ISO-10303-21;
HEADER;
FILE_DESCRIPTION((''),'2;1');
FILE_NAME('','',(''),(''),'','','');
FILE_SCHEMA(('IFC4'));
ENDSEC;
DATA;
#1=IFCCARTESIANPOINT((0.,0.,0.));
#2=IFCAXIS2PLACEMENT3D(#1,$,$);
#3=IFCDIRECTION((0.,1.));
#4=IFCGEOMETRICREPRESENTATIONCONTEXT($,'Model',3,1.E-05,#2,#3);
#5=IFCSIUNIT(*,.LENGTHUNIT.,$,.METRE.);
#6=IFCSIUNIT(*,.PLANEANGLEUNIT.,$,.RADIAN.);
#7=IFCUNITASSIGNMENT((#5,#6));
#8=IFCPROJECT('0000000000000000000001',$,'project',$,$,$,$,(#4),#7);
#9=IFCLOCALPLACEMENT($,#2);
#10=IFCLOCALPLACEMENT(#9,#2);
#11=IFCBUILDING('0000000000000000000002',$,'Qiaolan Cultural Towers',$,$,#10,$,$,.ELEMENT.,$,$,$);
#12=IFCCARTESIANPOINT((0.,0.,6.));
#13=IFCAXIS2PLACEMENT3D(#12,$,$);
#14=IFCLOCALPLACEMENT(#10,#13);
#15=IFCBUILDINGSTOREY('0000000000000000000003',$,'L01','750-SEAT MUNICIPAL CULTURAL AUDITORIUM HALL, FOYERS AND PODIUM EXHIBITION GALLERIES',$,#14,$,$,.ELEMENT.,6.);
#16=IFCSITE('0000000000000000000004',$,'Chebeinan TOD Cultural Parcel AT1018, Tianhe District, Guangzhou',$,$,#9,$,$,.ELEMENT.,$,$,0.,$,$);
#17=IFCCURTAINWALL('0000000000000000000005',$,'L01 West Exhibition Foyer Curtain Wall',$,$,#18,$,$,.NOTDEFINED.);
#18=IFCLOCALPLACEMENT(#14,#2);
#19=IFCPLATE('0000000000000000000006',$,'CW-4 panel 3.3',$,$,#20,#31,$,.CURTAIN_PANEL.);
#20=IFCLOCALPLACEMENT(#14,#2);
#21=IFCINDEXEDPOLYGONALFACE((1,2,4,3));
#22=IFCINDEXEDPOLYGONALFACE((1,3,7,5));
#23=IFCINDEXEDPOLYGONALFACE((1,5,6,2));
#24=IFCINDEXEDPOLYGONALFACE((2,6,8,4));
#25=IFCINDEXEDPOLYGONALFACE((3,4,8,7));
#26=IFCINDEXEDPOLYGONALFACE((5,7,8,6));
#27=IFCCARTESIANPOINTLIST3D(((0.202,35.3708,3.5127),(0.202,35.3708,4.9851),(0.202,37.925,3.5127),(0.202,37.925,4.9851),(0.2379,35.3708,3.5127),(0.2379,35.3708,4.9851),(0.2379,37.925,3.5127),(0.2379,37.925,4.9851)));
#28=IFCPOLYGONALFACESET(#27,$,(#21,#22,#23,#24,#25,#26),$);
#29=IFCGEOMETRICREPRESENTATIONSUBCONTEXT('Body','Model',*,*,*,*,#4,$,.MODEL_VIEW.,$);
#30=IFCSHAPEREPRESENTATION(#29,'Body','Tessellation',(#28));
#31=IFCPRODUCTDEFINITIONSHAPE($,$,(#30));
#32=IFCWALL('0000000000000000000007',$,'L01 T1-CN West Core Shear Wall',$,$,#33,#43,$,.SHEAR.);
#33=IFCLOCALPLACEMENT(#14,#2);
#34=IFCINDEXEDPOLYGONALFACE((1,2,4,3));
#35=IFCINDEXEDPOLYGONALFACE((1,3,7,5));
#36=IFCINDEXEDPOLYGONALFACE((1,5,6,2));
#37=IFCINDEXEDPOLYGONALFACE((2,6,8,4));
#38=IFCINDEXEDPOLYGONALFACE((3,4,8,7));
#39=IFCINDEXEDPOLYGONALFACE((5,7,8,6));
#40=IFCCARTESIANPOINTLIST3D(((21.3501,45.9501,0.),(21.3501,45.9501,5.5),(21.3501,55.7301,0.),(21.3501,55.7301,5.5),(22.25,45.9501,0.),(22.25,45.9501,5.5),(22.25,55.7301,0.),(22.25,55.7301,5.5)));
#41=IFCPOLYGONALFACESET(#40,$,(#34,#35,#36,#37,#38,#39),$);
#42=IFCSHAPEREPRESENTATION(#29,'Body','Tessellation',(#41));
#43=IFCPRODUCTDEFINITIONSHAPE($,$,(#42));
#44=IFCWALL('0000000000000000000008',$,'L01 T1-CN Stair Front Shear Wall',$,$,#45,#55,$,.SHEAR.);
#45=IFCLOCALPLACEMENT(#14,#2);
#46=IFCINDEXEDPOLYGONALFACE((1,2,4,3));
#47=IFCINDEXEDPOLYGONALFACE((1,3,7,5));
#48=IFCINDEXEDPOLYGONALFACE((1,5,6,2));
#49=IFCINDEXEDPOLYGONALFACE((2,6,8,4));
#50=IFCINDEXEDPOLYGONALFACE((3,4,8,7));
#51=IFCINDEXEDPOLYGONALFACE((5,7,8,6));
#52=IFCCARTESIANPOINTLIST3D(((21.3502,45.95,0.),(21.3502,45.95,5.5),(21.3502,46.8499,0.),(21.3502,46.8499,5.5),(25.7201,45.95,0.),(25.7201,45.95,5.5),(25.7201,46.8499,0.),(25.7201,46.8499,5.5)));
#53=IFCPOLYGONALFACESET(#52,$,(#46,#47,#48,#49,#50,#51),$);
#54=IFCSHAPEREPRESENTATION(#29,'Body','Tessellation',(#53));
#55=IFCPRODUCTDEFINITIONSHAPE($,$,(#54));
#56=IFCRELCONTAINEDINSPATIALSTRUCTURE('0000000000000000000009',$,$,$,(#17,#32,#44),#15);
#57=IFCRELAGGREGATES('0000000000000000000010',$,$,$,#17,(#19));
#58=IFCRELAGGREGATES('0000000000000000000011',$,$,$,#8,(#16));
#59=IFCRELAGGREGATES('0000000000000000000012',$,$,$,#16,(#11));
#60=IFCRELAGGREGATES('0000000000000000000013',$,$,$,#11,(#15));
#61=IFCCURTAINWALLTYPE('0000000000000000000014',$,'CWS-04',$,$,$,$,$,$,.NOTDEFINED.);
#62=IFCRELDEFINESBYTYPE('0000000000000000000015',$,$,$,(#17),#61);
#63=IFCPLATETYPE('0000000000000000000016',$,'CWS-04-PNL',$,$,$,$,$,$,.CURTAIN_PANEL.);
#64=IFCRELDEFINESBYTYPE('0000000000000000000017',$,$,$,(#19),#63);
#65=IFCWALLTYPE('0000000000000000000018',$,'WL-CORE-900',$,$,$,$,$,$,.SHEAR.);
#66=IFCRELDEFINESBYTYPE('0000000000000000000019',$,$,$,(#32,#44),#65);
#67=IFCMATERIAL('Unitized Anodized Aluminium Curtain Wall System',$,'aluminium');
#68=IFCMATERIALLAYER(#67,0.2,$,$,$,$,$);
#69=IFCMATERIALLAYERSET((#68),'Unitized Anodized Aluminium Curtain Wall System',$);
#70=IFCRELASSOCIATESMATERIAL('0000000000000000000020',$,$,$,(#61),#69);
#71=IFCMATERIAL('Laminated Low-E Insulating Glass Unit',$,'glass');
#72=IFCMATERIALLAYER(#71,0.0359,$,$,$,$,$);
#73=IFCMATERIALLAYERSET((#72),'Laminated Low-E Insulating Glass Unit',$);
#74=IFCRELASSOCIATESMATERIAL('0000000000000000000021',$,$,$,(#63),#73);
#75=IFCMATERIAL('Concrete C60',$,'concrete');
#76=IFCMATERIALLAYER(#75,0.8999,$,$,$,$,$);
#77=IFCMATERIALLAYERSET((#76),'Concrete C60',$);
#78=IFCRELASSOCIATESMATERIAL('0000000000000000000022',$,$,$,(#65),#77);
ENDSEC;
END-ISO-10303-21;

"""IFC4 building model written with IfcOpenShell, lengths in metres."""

from ifc_helpers import new_model, si_unit, direction, frame, frame_2d, origin, origin_2d, place, context, subcontext, project, spatial, rectangle, extrude, material, layer, layer_set, type_object, element, aggregate, save


model = new_model("IFC4")

# Units and contexts
model_context = context("Model", 3, precision=1e-05, world=origin(), true_north=direction((0.0, 1.0)))
body_context = subcontext(model_context, "Body", "Model", "MODEL_VIEW")
ifc_project = project(units=[si_unit("LENGTHUNIT", "METRE"), si_unit("PLANEANGLEUNIT", "RADIAN")], contexts=[model_context])

# Site, building, storey
site_placement = place(None, origin())
site = spatial("IfcSite", under=ifc_project, at=site_placement, Name="Chebeinan TOD Cultural Parcel AT1018, Tianhe District, Guangzhou", CompositionType="ELEMENT", RefElevation=0.0)
building_placement = place(site_placement, origin())
building = spatial("IfcBuilding", under=site, at=building_placement, Name="Qiaolan Cultural Towers", CompositionType="ELEMENT")
storey_placement = place(building_placement, frame((0.0, 0.0, 6.0)))
storey = spatial("IfcBuildingStorey", under=building, at=storey_placement, Name="L01", Description="750-SEAT MUNICIPAL CULTURAL AUDITORIUM HALL, FOYERS AND PODIUM EXHIBITION GALLERIES", CompositionType="ELEMENT", Elevation=6.0)

# Curtain wall, plate
ifc_material_1 = material(Name="Unitized Anodized Aluminium Curtain Wall System", Category="aluminium")
ifc_layer_1 = layer(ifc_material_1, 0.2)
ifc_layer_set_1 = layer_set([ifc_layer_1], Name="Unitized Anodized Aluminium Curtain Wall System")
curtain_wall_type = type_object("IfcCurtainWallType", Name="CWS-04", PredefinedType="NOTDEFINED", material=ifc_layer_set_1)
curtain_wall_placement = place(storey_placement, origin())
curtain_wall = element("IfcCurtainWall", 1, at=curtain_wall_placement, inside=storey, type_object=curtain_wall_type, Name="L01 West Exhibition Foyer Curtain Wall", PredefinedType="NOTDEFINED")
ifc_material_2 = material(Name="Laminated Low-E Insulating Glass Unit", Category="glass")
ifc_layer_2 = layer(ifc_material_2, 0.0359)
ifc_layer_set_2 = layer_set([ifc_layer_2], Name="Laminated Low-E Insulating Glass Unit")
plate_type = type_object("IfcPlateType", Name="CWS-04-PNL", PredefinedType="CURTAIN_PANEL", material=ifc_layer_set_2)
plate_1_placement = place(storey_placement, frame((0.22, 36.6479, 3.5127), z_axis=(0.0, 0.0, 1.0), x_axis=(0.0, 1.0, 0.0)))
plate_1 = element("IfcPlate", 2, at=plate_1_placement, type_object=plate_type, Name="CW-4 panel 3.3", PredefinedType="CURTAIN_PANEL", context=body_context, shape_type="SweptSolid", body=[
    extrude(rectangle(XDim=2.5542, YDim=0.0359, at=origin_2d()), origin(), (0.0, 0.0, 1.0), 1.4724),
])
aggregate(curtain_wall, [plate_1])

# Walls
ifc_material_3 = material(Name="Concrete C60", Category="concrete")
ifc_layer_3 = layer(ifc_material_3, 0.8999)
ifc_layer_set_3 = layer_set([ifc_layer_3], Name="Concrete C60")
wall_type = type_object("IfcWallType", Name="WL-CORE-900", PredefinedType="SHEAR", material=ifc_layer_set_3)
wall_1_placement = place(storey_placement, frame((21.8, 45.95, 0.0), z_axis=(0.0, 0.0, 1.0), x_axis=(0.0, 1.0, 0.0)))
element("IfcWall", 3, at=wall_1_placement, inside=storey, type_object=wall_type, Name="L01 T1-CN West Core Shear Wall", PredefinedType="SHEAR", context=body_context, shape_type="SweptSolid", body=[
    extrude(rectangle(XDim=9.78, YDim=0.8999, at=frame_2d((4.8901, 0.0))), origin(), (0.0, 0.0, 1.0), 5.5),
])
wall_2_placement = place(storey_placement, frame((21.3501, 46.3999, 0.0), z_axis=(0.0, 0.0, 1.0), x_axis=(1.0, 0.0, 0.0)))
element("IfcWall", 4, at=wall_2_placement, inside=storey, type_object=wall_type, Name="L01 T1-CN Stair Front Shear Wall", PredefinedType="SHEAR", context=body_context, shape_type="SweptSolid", body=[
    extrude(rectangle(XDim=4.3699, YDim=0.8999, at=frame_2d((2.1851, 0.0))), origin(), (0.0, 0.0, 1.0), 5.5),
])

save(model, "model.ifc")
